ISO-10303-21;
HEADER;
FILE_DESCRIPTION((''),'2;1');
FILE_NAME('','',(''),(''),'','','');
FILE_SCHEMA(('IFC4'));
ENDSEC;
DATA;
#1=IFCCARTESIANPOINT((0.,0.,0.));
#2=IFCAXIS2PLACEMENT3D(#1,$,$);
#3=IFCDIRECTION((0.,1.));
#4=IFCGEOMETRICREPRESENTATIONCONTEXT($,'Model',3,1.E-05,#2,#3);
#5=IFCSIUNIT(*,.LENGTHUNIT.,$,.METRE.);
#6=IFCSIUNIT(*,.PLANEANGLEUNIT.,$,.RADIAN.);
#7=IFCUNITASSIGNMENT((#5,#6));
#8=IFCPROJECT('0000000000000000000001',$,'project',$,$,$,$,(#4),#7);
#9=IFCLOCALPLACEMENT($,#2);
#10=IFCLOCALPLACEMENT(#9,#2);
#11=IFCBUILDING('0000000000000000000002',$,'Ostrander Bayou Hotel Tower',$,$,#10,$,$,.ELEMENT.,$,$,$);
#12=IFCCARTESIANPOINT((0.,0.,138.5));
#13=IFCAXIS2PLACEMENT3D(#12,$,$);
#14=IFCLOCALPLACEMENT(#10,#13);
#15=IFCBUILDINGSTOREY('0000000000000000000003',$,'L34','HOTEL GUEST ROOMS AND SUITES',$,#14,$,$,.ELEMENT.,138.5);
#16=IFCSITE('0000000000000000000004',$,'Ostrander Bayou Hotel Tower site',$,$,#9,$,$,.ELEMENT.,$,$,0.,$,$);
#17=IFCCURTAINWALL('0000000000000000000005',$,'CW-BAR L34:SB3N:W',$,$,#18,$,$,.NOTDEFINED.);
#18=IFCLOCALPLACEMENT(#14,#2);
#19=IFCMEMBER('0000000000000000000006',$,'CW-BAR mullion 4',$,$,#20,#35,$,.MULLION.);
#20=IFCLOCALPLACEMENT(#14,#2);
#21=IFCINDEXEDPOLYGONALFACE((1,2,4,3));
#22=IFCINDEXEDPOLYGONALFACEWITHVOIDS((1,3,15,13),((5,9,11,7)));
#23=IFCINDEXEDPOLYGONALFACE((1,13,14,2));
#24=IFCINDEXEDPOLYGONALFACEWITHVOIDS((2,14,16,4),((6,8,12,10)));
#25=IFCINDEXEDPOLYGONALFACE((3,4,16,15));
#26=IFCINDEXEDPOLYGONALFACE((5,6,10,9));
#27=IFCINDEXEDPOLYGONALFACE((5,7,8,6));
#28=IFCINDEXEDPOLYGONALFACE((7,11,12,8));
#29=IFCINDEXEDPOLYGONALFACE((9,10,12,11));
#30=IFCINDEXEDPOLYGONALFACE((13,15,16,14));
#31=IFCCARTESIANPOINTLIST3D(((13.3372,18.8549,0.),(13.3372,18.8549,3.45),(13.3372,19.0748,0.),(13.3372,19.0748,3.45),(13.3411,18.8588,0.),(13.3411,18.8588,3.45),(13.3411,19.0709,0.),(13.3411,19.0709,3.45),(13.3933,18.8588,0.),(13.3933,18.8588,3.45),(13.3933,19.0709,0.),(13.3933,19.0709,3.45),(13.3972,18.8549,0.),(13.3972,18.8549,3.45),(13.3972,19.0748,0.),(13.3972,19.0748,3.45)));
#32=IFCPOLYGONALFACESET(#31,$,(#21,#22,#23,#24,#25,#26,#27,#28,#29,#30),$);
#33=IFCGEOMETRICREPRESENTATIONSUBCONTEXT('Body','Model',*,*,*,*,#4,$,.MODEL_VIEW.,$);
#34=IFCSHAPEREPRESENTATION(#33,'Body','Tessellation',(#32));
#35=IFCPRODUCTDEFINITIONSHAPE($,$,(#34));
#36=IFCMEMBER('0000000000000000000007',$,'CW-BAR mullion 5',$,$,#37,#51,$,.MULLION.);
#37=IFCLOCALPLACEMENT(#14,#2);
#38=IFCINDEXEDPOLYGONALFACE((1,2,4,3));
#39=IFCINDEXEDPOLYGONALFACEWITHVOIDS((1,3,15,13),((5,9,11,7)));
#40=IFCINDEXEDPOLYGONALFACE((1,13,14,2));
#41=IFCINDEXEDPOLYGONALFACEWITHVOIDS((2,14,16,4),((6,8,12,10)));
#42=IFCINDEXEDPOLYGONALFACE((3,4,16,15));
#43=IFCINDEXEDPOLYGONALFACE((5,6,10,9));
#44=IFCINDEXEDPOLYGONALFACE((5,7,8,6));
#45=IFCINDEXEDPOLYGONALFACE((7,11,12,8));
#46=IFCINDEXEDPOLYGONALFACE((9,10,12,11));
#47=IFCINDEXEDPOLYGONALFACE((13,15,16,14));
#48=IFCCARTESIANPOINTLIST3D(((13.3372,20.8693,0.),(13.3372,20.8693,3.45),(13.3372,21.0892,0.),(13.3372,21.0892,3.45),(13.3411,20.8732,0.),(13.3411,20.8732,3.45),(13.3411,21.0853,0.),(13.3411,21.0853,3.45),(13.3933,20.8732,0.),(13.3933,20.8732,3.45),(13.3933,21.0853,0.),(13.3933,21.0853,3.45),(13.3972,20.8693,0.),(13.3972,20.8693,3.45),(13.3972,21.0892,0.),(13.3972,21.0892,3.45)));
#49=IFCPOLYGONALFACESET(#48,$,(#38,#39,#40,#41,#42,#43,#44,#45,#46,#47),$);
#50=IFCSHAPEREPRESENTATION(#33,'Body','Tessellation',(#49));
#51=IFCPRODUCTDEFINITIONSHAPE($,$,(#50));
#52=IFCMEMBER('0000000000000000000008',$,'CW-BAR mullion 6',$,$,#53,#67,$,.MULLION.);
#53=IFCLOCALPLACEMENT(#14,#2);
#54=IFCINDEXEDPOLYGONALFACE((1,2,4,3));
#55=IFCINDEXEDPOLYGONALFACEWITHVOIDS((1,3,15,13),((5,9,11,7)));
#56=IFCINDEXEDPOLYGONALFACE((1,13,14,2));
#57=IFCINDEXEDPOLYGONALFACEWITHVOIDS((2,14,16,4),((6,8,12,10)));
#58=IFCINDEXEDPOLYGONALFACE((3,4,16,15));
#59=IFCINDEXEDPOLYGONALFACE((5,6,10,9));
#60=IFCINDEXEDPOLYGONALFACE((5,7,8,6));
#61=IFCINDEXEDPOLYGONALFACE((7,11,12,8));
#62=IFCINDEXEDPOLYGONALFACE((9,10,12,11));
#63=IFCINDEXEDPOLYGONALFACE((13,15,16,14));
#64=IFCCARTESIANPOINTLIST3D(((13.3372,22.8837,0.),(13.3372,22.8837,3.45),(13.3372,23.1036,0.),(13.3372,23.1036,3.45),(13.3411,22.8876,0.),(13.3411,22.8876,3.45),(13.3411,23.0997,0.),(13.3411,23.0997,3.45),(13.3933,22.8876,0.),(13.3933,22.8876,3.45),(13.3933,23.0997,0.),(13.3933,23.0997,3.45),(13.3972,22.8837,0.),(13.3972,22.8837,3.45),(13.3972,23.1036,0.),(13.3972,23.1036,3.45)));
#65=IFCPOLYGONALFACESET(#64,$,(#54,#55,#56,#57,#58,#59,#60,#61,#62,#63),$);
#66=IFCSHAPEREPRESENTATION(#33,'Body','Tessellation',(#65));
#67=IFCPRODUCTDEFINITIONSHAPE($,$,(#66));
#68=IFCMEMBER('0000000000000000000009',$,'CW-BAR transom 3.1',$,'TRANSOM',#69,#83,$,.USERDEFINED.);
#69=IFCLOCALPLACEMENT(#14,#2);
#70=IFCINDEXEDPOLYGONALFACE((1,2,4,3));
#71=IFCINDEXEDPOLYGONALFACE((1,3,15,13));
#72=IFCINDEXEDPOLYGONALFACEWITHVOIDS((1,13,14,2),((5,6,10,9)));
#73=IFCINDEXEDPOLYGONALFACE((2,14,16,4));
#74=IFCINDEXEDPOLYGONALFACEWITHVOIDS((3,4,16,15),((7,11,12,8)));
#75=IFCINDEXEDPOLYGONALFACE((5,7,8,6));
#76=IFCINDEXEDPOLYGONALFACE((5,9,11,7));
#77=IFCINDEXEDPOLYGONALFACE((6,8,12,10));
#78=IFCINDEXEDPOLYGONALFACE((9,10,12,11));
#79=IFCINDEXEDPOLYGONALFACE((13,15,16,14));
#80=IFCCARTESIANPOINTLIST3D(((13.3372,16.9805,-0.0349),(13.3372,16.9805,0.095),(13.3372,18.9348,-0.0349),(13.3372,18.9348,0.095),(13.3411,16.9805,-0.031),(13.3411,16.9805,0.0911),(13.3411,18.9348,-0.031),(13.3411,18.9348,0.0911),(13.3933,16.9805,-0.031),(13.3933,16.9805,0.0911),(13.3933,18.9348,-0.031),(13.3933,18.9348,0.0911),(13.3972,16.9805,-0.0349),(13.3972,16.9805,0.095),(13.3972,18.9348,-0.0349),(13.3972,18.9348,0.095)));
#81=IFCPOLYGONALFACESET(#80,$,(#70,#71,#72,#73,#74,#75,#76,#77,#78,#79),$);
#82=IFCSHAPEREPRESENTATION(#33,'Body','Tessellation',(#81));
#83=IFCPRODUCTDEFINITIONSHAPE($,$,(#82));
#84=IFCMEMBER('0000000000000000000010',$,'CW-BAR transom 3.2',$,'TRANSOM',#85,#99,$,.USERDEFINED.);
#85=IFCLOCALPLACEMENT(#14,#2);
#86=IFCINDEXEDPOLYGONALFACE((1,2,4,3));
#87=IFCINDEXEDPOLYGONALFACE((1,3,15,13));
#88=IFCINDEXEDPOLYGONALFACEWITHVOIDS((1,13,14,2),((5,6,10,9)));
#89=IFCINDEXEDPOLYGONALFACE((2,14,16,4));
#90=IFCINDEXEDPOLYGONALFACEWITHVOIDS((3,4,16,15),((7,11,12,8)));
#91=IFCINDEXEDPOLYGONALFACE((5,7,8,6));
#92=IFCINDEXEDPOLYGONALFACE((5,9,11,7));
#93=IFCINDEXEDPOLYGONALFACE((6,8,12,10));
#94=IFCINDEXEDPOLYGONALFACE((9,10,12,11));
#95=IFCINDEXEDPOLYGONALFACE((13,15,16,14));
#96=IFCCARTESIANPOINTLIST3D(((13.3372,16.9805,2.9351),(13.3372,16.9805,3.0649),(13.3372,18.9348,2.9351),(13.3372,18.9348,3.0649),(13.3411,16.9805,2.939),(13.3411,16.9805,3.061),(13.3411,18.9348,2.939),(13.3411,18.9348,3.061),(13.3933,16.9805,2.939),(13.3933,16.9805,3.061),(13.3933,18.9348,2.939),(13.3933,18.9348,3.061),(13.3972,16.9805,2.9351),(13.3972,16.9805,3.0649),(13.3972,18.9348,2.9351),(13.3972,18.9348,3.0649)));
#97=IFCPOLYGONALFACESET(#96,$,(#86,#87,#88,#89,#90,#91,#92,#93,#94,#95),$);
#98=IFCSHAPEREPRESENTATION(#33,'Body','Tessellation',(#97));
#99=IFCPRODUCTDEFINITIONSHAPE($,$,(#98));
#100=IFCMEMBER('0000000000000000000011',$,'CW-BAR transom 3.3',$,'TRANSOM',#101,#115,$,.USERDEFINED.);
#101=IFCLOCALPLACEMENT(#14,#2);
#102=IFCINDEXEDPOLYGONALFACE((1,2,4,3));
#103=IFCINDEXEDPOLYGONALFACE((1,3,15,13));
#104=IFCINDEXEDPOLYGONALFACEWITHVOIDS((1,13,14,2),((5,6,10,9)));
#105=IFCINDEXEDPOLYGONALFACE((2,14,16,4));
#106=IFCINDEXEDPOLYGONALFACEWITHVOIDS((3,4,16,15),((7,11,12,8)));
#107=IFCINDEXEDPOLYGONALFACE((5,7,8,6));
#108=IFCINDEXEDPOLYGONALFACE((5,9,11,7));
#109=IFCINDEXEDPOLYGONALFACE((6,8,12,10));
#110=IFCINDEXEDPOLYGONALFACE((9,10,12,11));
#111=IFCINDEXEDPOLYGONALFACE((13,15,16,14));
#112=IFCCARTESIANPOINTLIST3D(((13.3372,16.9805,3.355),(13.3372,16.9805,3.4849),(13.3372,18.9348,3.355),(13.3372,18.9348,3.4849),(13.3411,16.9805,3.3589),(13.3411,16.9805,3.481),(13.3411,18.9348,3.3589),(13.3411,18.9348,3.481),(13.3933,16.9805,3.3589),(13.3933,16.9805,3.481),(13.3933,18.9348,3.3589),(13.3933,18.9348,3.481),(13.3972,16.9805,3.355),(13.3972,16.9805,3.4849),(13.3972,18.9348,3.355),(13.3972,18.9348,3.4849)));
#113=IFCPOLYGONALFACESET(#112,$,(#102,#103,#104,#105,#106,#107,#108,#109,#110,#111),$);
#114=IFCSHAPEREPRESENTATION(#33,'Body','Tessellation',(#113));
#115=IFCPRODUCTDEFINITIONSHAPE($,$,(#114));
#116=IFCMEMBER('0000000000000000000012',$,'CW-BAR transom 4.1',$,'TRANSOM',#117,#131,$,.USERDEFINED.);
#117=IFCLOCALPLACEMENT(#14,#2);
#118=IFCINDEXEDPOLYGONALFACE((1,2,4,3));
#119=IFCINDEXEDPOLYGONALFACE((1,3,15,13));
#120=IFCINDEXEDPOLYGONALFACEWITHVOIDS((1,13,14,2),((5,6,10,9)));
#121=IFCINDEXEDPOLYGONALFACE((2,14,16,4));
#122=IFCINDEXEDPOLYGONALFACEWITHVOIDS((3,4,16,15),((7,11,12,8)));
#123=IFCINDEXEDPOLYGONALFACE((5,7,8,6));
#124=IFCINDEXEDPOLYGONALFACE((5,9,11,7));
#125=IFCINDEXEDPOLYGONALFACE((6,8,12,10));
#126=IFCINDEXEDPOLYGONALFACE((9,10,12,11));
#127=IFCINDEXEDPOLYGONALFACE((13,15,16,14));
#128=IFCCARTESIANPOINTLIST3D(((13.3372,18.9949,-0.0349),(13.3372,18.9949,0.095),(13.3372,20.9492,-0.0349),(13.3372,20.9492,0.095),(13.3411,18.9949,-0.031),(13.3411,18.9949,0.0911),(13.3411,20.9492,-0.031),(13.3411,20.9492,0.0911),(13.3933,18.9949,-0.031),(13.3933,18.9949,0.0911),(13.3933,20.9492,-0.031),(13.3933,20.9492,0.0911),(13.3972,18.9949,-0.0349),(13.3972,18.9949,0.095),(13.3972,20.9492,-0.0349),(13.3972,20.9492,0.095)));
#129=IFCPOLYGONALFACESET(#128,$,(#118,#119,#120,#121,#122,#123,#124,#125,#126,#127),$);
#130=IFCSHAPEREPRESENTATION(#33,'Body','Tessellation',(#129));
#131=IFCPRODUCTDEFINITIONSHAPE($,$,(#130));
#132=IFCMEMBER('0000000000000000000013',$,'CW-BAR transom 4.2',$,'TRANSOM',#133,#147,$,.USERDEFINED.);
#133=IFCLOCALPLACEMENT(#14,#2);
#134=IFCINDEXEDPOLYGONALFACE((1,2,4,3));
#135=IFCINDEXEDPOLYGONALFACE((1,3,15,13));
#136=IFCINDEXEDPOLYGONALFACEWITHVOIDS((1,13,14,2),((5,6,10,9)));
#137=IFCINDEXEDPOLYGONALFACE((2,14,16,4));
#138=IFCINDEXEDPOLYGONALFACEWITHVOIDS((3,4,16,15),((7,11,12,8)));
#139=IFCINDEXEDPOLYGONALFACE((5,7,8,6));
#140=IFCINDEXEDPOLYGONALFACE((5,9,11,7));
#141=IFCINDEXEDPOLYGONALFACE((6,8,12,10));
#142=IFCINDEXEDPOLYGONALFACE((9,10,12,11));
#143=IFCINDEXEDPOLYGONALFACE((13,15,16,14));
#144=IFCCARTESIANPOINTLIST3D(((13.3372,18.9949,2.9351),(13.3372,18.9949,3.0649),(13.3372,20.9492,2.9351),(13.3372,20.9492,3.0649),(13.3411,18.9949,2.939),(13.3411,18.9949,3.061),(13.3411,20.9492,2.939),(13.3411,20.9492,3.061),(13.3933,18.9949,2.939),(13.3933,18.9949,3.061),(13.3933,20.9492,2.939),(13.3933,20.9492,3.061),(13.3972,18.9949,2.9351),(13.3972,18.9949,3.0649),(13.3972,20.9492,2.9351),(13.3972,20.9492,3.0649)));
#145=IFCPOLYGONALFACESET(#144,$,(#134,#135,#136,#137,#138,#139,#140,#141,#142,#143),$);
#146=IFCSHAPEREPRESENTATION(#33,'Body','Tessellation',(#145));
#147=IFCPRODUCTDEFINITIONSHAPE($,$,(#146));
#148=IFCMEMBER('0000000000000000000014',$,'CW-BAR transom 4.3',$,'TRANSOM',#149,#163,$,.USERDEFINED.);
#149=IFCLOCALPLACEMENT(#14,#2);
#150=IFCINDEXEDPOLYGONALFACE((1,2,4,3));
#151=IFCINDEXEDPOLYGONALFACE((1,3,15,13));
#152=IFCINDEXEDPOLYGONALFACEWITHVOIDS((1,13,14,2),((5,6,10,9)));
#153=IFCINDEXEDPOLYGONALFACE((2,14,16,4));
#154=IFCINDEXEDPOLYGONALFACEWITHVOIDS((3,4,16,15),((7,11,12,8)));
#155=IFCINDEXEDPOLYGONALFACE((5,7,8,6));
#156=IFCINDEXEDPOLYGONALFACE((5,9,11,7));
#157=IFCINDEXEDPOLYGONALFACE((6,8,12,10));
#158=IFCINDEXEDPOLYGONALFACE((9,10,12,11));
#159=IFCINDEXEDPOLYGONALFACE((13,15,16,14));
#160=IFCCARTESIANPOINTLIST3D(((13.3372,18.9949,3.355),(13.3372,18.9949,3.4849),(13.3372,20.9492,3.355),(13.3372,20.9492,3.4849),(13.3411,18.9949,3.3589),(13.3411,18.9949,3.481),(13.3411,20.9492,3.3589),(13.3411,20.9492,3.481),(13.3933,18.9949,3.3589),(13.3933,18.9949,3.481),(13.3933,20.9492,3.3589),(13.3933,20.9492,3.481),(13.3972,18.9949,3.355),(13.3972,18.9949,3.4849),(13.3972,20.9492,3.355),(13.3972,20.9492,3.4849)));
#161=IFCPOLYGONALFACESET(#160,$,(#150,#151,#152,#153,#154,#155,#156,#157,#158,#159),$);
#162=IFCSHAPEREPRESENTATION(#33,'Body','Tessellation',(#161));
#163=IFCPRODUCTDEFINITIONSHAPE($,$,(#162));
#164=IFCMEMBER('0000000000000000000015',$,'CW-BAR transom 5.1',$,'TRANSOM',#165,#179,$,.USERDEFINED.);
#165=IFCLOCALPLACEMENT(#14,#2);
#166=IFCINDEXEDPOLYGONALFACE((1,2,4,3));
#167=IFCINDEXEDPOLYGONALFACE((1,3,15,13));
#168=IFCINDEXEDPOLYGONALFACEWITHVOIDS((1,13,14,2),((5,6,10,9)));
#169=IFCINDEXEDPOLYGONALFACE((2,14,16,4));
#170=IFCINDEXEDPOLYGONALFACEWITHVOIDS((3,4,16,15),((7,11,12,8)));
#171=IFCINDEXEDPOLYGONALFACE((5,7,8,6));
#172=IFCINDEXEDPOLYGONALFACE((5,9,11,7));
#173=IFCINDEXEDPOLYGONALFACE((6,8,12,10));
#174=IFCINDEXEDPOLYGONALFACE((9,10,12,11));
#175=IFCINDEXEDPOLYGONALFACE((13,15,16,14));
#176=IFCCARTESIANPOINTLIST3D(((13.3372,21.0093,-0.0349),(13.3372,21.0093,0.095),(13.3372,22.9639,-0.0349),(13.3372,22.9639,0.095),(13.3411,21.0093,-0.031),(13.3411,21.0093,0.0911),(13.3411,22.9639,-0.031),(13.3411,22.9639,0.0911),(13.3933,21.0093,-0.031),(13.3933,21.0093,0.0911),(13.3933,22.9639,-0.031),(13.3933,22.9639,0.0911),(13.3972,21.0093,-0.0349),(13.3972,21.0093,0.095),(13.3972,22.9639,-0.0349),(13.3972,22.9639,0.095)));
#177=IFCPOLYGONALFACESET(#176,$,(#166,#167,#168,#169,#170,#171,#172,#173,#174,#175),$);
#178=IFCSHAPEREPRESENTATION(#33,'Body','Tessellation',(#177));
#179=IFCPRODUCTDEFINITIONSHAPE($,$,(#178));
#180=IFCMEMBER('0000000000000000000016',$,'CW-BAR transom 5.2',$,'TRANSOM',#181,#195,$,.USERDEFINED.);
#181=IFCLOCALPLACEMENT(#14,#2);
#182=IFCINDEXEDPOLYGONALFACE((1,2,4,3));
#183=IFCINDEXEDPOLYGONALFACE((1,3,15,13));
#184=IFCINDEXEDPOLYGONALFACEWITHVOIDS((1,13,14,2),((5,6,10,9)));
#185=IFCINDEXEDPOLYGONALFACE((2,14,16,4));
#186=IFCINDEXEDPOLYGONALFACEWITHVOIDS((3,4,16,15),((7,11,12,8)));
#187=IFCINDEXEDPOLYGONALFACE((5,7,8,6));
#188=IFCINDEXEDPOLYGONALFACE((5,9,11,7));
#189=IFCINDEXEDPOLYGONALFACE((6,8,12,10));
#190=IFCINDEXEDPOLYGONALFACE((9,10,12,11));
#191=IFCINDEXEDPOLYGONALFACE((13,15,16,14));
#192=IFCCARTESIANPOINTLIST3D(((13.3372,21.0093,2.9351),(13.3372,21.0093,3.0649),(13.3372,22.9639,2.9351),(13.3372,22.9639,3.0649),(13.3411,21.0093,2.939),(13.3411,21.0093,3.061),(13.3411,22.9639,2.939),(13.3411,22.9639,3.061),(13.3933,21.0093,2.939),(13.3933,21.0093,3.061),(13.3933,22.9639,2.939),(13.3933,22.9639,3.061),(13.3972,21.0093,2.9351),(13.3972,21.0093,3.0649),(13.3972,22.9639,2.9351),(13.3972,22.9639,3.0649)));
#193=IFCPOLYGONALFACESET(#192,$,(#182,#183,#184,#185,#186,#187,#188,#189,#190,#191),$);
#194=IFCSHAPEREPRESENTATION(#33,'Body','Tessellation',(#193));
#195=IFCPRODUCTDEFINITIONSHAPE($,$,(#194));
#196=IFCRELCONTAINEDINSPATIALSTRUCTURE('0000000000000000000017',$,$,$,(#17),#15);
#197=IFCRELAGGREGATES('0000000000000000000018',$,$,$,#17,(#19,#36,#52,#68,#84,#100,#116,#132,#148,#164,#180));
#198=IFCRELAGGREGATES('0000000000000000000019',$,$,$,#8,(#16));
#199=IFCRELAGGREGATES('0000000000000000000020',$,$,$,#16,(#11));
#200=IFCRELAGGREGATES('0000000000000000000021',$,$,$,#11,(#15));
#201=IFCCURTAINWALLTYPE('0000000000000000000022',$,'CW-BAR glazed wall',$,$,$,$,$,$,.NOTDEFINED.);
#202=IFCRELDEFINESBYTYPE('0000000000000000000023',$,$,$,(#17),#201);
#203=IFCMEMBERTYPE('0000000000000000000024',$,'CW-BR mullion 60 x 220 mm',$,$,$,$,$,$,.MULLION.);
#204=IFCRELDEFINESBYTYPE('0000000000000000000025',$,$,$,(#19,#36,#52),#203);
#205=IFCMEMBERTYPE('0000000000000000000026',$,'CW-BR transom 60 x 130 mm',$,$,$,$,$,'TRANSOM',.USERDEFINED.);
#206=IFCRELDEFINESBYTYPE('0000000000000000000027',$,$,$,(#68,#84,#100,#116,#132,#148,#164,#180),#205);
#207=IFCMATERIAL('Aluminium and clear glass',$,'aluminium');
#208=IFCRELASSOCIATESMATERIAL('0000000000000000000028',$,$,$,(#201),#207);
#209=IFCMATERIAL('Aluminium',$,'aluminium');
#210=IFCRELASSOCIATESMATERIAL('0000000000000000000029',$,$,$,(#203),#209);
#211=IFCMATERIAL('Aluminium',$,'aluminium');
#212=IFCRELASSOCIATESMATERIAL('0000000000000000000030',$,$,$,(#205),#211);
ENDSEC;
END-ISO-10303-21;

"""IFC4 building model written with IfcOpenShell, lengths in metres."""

from ifc_helpers import new_model, si_unit, direction, frame, origin, origin_2d, place, context, subcontext, project, spatial, hollow_rectangle, extrude, material, material_profile, profile_set, type_object, element, aggregate, save


model = new_model("IFC4")

# Units and contexts
model_context = context("Model", 3, precision=1e-05, world=origin(), true_north=direction((0.0, 1.0)))
body_context = subcontext(model_context, "Body", "Model", "MODEL_VIEW")
ifc_project = project(units=[si_unit("LENGTHUNIT", "METRE"), si_unit("PLANEANGLEUNIT", "RADIAN")], contexts=[model_context])

# Site, building, storey
site_placement = place(None, origin())
site = spatial("IfcSite", under=ifc_project, at=site_placement, Name="Ostrander Bayou Hotel Tower site", CompositionType="ELEMENT", RefElevation=0.0)
building_placement = place(site_placement, origin())
building = spatial("IfcBuilding", under=site, at=building_placement, Name="Ostrander Bayou Hotel Tower", CompositionType="ELEMENT")
storey_placement = place(building_placement, frame((0.0, 0.0, 138.5)))
storey = spatial("IfcBuildingStorey", under=building, at=storey_placement, Name="L34", Description="HOTEL GUEST ROOMS AND SUITES", CompositionType="ELEMENT", Elevation=138.5)

# Curtain wall, members
ifc_material_1 = material(Name="Aluminium and clear glass", Category="aluminium")
curtain_wall_type = type_object("IfcCurtainWallType", Name="CW-BAR glazed wall", PredefinedType="NOTDEFINED", material=ifc_material_1)
curtain_wall_placement = place(storey_placement, origin())
curtain_wall = element("IfcCurtainWall", 1, at=curtain_wall_placement, inside=storey, type_object=curtain_wall_type, Name="CW-BAR L34:SB3N:W", PredefinedType="NOTDEFINED")
ifc_material_2 = material(Name="Aluminium", Category="aluminium")
ifc_material_profile_1 = material_profile(ifc_material_2, hollow_rectangle(XDim=0.0601, YDim=0.22, WallThickness=0.0039, at=origin_2d()))
ifc_profile_set_1 = profile_set([ifc_material_profile_1], Name="Aluminium")
member_type_1 = type_object("IfcMemberType", Name="CW-BR mullion 60 x 220 mm", PredefinedType="MULLION", material=ifc_profile_set_1)
member_1_placement = place(storey_placement, frame((13.3672, 18.9648, 0.0), z_axis=(0.0, 0.0, 1.0), x_axis=(-1.0, 0.0, 0.0)))
member_1 = element("IfcMember", 2, at=member_1_placement, type_object=member_type_1, Name="CW-BAR mullion 4", PredefinedType="MULLION", context=body_context, shape_type="SweptSolid", body=[
    extrude(hollow_rectangle(XDim=0.0601, YDim=0.22, WallThickness=0.0039, at=origin_2d()), origin(), (0.0, 0.0, 1.0), 3.45),
])
member_2_placement = place(storey_placement, frame((13.3672, 20.9792, 0.0), z_axis=(0.0, 0.0, 1.0), x_axis=(-1.0, 0.0, 0.0)))
member_2 = element("IfcMember", 3, at=member_2_placement, type_object=member_type_1, Name="CW-BAR mullion 5", PredefinedType="MULLION", context=body_context, shape_type="SweptSolid", body=[
    extrude(hollow_rectangle(XDim=0.0601, YDim=0.22, WallThickness=0.0039, at=origin_2d()), origin(), (0.0, 0.0, 1.0), 3.45),
])
member_3_placement = place(storey_placement, frame((13.3672, 22.9937, 0.0), z_axis=(0.0, 0.0, 1.0), x_axis=(-1.0, 0.0, 0.0)))
member_3 = element("IfcMember", 4, at=member_3_placement, type_object=member_type_1, Name="CW-BAR mullion 6", PredefinedType="MULLION", context=body_context, shape_type="SweptSolid", body=[
    extrude(hollow_rectangle(XDim=0.0601, YDim=0.22, WallThickness=0.0039, at=origin_2d()), origin(), (0.0, 0.0, 1.0), 3.45),
])
ifc_material_3 = material(Name="Aluminium", Category="aluminium")
ifc_material_profile_2 = material_profile(ifc_material_3, hollow_rectangle(XDim=0.0601, YDim=0.1299, WallThickness=0.0039, at=origin_2d()))
ifc_profile_set_2 = profile_set([ifc_material_profile_2], Name="Aluminium")
member_type_2 = type_object("IfcMemberType", Name="CW-BR transom 60 x 130 mm", ElementType="TRANSOM", PredefinedType="USERDEFINED", material=ifc_profile_set_2)
member_4_placement = place(storey_placement, frame((13.3672, 16.9805, 0.03), z_axis=(0.0, 1.0, 0.0), x_axis=(-1.0, 0.0, 0.0)))
member_4 = element("IfcMember", 5, at=member_4_placement, type_object=member_type_2, Name="CW-BAR transom 3.1", ObjectType="TRANSOM", PredefinedType="USERDEFINED", context=body_context, shape_type="SweptSolid", body=[
    extrude(hollow_rectangle(XDim=0.0601, YDim=0.1299, WallThickness=0.0039, at=origin_2d()), origin(), (0.0, 0.0, 1.0), 1.9543),
])
member_5_placement = place(storey_placement, frame((13.3672, 16.9805, 3.0), z_axis=(0.0, 1.0, 0.0), x_axis=(-1.0, 0.0, 0.0)))
member_5 = element("IfcMember", 6, at=member_5_placement, type_object=member_type_2, Name="CW-BAR transom 3.2", ObjectType="TRANSOM", PredefinedType="USERDEFINED", context=body_context, shape_type="SweptSolid", body=[
    extrude(hollow_rectangle(XDim=0.0601, YDim=0.1299, WallThickness=0.0039, at=origin_2d()), origin(), (0.0, 0.0, 1.0), 1.9543),
])
member_6_placement = place(storey_placement, frame((13.3672, 16.9805, 3.4199), z_axis=(0.0, 1.0, 0.0), x_axis=(-1.0, 0.0, 0.0)))
member_6 = element("IfcMember", 7, at=member_6_placement, type_object=member_type_2, Name="CW-BAR transom 3.3", ObjectType="TRANSOM", PredefinedType="USERDEFINED", context=body_context, shape_type="SweptSolid", body=[
    extrude(hollow_rectangle(XDim=0.0601, YDim=0.1299, WallThickness=0.0039, at=origin_2d()), origin(), (0.0, 0.0, 1.0), 1.9543),
])
member_7_placement = place(storey_placement, frame((13.3672, 18.9949, 0.03), z_axis=(0.0, 1.0, 0.0), x_axis=(-1.0, 0.0, 0.0)))
member_7 = element("IfcMember", 8, at=member_7_placement, type_object=member_type_2, Name="CW-BAR transom 4.1", ObjectType="TRANSOM", PredefinedType="USERDEFINED", context=body_context, shape_type="SweptSolid", body=[
    extrude(hollow_rectangle(XDim=0.0601, YDim=0.1299, WallThickness=0.0039, at=origin_2d()), origin(), (0.0, 0.0, 1.0), 1.9543),
])
member_8_placement = place(storey_placement, frame((13.3672, 18.9949, 3.0), z_axis=(0.0, 1.0, 0.0), x_axis=(-1.0, 0.0, 0.0)))
member_8 = element("IfcMember", 9, at=member_8_placement, type_object=member_type_2, Name="CW-BAR transom 4.2", ObjectType="TRANSOM", PredefinedType="USERDEFINED", context=body_context, shape_type="SweptSolid", body=[
    extrude(hollow_rectangle(XDim=0.0601, YDim=0.1299, WallThickness=0.0039, at=origin_2d()), origin(), (0.0, 0.0, 1.0), 1.9543),
])
member_9_placement = place(storey_placement, frame((13.3672, 18.9949, 3.4199), z_axis=(0.0, 1.0, 0.0), x_axis=(-1.0, 0.0, 0.0)))
member_9 = element("IfcMember", 10, at=member_9_placement, type_object=member_type_2, Name="CW-BAR transom 4.3", ObjectType="TRANSOM", PredefinedType="USERDEFINED", context=body_context, shape_type="SweptSolid", body=[
    extrude(hollow_rectangle(XDim=0.0601, YDim=0.1299, WallThickness=0.0039, at=origin_2d()), origin(), (0.0, 0.0, 1.0), 1.9543),
])
member_10_placement = place(storey_placement, frame((13.3672, 21.0093, 0.03), z_axis=(0.0, 1.0, 0.0), x_axis=(-1.0, 0.0, 0.0)))
member_10 = element("IfcMember", 11, at=member_10_placement, type_object=member_type_2, Name="CW-BAR transom 5.1", ObjectType="TRANSOM", PredefinedType="USERDEFINED", context=body_context, shape_type="SweptSolid", body=[
    extrude(hollow_rectangle(XDim=0.0601, YDim=0.1299, WallThickness=0.0039, at=origin_2d()), origin(), (0.0, 0.0, 1.0), 1.9546),
])
member_11_placement = place(storey_placement, frame((13.3672, 21.0093, 3.0), z_axis=(0.0, 1.0, 0.0), x_axis=(-1.0, 0.0, 0.0)))
member_11 = element("IfcMember", 12, at=member_11_placement, type_object=member_type_2, Name="CW-BAR transom 5.2", ObjectType="TRANSOM", PredefinedType="USERDEFINED", context=body_context, shape_type="SweptSolid", body=[
    extrude(hollow_rectangle(XDim=0.0601, YDim=0.1299, WallThickness=0.0039, at=origin_2d()), origin(), (0.0, 0.0, 1.0), 1.9546),
])

aggregate(curtain_wall, [member_1, member_2, member_3, member_4, member_5, member_6, member_7, member_8, member_9, member_10, member_11])

save(model, "model.ifc")
